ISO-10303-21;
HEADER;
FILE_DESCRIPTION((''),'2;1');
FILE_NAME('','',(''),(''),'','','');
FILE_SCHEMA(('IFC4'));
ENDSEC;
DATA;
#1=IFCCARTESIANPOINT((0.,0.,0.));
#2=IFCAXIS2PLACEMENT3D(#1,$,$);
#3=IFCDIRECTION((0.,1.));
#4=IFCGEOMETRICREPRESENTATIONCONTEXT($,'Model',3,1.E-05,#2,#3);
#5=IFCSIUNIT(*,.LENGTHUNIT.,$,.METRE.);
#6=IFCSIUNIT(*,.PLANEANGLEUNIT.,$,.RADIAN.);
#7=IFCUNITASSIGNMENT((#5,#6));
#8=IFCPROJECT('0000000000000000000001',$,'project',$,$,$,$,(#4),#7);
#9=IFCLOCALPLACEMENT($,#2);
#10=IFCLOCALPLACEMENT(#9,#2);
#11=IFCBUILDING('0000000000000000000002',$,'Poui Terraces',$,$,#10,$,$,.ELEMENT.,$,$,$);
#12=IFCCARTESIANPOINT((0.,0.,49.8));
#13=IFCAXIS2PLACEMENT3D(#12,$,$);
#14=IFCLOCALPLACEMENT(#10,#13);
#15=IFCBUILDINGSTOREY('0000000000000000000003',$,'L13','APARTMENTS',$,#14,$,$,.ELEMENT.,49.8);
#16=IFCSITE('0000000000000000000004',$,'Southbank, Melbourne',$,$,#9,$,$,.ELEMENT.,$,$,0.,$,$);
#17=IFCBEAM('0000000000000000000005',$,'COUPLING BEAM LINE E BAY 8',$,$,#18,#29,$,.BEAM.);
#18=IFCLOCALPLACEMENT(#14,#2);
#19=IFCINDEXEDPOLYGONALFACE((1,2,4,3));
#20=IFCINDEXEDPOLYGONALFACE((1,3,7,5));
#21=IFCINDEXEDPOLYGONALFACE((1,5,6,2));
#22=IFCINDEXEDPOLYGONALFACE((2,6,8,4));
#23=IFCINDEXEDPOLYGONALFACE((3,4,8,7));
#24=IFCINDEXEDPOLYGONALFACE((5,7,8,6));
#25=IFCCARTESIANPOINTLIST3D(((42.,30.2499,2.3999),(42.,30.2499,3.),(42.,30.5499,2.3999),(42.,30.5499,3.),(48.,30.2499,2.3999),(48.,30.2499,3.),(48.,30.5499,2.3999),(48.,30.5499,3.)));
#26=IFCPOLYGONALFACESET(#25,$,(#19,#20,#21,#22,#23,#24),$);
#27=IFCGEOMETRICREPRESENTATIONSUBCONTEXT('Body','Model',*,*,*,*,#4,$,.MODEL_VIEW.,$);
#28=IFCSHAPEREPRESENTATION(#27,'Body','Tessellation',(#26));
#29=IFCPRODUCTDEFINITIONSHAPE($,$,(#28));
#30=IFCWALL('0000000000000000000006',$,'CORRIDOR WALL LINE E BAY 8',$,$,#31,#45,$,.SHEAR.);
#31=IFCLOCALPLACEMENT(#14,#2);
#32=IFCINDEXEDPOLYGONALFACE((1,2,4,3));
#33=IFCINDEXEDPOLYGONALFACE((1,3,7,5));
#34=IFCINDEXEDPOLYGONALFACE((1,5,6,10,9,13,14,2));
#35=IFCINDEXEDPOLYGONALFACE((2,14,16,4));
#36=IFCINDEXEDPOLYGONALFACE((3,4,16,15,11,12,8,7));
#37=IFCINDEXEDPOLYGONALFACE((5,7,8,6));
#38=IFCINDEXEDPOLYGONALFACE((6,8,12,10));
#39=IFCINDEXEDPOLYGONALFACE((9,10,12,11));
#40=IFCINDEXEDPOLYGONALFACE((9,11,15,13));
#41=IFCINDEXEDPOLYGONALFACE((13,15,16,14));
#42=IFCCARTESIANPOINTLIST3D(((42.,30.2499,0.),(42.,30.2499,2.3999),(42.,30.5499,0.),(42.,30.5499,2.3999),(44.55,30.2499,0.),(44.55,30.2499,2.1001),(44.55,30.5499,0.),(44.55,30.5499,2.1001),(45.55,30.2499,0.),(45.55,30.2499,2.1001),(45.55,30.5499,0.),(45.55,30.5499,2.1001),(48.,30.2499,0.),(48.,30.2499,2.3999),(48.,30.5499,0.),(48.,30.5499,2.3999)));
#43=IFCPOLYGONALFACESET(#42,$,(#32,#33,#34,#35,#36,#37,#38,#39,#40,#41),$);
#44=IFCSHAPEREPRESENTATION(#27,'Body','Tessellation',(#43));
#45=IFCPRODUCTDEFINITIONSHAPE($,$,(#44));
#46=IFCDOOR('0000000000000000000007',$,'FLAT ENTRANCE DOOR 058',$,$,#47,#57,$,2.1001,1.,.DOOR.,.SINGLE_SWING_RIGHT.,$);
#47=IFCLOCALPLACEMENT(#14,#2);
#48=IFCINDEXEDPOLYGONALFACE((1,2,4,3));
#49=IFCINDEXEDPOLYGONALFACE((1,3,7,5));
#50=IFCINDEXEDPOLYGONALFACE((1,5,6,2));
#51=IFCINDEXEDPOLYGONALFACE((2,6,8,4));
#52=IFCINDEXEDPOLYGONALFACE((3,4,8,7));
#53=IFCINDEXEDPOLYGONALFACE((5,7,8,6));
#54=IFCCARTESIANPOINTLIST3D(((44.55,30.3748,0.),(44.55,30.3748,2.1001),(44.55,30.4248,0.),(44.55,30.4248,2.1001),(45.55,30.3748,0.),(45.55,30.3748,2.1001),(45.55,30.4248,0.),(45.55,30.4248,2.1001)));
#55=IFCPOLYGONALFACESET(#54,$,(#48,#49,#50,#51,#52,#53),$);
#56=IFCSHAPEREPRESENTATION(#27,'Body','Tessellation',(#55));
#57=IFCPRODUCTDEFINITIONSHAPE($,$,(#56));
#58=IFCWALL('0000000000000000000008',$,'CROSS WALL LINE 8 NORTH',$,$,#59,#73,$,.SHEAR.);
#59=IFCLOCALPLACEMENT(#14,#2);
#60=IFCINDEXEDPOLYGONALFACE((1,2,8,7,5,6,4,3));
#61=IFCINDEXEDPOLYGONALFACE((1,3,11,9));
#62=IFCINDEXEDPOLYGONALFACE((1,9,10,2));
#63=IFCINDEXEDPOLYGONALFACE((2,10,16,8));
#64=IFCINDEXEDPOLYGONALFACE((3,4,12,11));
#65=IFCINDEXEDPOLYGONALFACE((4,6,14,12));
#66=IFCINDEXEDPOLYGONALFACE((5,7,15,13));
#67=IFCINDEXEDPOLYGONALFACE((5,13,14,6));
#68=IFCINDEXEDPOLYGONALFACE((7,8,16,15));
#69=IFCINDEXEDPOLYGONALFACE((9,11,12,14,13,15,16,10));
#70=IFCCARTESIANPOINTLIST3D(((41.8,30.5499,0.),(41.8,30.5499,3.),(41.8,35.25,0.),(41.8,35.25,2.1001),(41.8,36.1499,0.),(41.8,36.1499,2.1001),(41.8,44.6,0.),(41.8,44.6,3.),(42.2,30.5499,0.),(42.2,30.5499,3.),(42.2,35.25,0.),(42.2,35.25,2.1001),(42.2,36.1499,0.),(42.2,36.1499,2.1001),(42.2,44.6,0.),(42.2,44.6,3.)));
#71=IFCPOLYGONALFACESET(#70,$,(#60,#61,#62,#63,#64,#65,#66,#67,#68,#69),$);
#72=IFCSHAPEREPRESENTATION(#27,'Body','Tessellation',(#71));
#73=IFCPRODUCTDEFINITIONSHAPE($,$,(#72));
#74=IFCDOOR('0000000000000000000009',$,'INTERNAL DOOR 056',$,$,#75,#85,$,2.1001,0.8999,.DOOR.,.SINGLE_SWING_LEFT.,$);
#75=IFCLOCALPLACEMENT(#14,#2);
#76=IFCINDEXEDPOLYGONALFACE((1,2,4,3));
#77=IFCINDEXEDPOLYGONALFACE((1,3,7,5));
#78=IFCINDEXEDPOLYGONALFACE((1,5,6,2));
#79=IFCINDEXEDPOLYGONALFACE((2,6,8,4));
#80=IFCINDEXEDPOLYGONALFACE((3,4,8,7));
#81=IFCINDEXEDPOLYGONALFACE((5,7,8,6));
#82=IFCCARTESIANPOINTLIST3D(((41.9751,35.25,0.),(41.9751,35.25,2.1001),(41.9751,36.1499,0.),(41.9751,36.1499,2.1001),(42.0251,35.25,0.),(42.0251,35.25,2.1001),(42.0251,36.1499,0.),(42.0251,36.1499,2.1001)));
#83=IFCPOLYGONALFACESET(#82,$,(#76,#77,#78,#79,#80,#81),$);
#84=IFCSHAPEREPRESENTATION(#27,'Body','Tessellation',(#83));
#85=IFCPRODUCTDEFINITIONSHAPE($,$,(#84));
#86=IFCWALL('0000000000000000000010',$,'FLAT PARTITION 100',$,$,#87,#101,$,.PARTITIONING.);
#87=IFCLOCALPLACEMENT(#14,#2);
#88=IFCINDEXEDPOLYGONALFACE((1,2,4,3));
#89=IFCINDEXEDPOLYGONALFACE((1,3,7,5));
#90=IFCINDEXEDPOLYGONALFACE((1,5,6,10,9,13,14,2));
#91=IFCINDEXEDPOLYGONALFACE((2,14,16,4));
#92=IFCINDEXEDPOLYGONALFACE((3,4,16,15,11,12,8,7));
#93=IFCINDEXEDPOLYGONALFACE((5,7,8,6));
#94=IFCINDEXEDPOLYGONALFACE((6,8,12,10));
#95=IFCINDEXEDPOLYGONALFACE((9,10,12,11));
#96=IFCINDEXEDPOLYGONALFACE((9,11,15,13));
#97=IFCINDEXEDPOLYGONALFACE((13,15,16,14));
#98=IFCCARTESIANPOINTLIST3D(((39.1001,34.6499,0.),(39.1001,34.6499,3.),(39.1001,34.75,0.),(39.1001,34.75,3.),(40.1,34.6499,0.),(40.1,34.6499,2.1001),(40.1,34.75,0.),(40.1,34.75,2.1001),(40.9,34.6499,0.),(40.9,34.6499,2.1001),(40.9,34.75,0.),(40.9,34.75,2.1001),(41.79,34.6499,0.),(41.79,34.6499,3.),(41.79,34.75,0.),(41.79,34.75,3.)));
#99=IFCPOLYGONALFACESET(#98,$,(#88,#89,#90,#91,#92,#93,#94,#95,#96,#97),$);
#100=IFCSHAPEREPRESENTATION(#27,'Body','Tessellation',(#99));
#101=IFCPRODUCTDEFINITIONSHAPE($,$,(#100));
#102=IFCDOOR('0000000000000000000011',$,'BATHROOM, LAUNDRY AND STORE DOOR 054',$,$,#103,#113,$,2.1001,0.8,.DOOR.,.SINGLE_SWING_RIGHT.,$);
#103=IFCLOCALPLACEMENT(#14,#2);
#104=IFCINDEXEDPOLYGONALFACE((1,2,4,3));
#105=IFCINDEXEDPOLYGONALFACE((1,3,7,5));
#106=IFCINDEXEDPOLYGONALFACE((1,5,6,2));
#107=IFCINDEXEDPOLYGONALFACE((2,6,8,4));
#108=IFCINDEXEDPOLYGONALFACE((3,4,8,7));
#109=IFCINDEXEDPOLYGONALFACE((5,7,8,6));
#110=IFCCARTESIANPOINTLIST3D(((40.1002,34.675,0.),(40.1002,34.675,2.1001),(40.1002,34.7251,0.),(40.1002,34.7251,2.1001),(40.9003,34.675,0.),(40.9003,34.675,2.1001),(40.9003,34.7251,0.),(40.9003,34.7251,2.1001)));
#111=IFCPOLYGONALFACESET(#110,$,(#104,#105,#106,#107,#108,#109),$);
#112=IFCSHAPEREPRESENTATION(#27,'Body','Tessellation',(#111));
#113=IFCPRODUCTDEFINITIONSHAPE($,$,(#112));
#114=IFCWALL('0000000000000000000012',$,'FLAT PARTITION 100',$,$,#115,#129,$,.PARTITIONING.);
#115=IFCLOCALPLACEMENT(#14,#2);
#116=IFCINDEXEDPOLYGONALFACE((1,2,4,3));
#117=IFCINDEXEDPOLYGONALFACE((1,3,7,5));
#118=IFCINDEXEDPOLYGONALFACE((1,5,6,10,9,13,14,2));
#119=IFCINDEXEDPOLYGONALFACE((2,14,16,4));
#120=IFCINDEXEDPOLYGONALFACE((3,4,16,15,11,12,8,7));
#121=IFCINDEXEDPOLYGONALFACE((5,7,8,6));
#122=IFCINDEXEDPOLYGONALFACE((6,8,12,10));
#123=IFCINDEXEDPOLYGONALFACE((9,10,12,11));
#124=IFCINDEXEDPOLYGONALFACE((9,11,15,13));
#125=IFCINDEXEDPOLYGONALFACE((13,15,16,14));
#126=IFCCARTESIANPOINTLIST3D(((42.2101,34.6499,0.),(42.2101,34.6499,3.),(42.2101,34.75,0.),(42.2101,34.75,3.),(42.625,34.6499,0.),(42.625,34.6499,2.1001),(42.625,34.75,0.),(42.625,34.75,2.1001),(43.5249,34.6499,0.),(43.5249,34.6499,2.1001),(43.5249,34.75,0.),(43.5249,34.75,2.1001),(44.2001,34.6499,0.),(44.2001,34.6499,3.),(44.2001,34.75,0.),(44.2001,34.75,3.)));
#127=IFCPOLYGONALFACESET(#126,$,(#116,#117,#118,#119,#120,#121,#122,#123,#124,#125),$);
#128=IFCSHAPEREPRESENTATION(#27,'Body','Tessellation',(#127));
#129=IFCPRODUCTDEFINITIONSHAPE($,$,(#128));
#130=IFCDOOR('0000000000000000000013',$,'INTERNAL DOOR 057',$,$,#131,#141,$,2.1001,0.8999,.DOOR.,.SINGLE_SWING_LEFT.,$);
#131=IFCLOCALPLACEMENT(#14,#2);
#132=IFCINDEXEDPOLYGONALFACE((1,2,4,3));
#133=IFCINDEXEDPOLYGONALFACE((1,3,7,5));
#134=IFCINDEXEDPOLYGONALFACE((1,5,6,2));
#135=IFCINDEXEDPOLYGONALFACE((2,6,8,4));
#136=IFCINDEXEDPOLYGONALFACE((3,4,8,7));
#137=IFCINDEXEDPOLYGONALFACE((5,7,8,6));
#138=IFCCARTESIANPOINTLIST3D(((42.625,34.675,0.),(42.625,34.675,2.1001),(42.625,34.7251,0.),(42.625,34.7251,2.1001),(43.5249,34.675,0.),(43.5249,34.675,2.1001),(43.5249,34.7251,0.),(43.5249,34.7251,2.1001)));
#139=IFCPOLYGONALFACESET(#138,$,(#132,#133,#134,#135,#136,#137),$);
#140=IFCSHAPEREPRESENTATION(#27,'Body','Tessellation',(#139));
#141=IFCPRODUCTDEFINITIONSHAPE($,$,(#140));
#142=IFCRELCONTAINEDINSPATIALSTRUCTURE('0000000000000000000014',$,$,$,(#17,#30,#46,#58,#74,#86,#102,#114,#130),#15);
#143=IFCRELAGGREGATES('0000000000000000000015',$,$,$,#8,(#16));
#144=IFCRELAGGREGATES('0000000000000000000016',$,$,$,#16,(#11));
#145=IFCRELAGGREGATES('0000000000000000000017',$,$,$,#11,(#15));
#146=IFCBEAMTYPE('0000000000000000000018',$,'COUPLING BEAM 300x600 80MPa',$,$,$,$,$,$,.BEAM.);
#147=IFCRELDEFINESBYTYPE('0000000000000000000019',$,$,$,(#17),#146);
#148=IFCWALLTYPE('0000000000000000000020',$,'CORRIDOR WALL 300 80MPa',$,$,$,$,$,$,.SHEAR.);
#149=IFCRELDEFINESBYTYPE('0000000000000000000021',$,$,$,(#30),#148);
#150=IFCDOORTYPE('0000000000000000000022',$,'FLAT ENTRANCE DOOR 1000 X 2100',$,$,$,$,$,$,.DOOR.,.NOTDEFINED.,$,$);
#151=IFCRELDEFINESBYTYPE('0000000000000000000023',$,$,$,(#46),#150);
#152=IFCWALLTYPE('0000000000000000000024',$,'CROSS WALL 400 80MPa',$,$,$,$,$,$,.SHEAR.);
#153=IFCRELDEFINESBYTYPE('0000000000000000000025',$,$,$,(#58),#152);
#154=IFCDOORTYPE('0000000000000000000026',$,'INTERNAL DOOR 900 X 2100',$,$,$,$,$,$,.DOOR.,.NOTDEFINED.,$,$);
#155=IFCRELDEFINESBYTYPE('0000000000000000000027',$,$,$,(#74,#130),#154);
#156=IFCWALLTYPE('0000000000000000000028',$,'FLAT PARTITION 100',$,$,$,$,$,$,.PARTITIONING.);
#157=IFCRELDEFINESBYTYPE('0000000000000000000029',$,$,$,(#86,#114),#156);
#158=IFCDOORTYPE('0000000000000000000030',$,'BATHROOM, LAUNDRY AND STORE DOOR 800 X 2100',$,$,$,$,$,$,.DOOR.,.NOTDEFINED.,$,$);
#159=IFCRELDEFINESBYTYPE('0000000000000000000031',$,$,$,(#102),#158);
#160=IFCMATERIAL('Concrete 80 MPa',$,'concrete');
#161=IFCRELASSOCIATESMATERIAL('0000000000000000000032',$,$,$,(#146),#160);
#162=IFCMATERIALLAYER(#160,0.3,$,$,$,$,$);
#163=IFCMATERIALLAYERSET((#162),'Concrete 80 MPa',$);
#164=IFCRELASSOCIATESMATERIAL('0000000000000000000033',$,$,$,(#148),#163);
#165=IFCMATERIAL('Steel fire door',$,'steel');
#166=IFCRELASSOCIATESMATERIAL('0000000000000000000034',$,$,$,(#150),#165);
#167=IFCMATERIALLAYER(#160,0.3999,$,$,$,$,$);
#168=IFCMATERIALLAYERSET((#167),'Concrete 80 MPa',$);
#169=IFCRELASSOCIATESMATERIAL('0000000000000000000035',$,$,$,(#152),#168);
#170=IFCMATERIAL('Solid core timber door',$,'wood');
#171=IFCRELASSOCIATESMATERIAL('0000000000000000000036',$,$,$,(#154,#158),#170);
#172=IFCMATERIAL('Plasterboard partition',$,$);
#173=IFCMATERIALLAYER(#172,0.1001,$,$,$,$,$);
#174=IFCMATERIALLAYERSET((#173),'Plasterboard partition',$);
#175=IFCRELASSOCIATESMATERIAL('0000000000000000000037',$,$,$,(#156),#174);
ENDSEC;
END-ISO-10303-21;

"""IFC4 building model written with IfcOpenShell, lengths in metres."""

from ifc_helpers import new_model, si_unit, direction, frame, frame_2d, origin, origin_2d, place, context, subcontext, project, spatial, rectangle, extrude, source, transform, mapped, material, layer, layer_set, material_profile, profile_set, type_object, element, fill, save


model = new_model("IFC4")

# Units and contexts
model_context = context("Model", 3, precision=1e-05, world=origin(), true_north=direction((0.0, 1.0)))
body_context = subcontext(model_context, "Body", "Model", "MODEL_VIEW")
ifc_project = project(units=[si_unit("LENGTHUNIT", "METRE"), si_unit("PLANEANGLEUNIT", "RADIAN")], contexts=[model_context])

# Site, building, storey
site_placement = place(None, origin())
site = spatial("IfcSite", under=ifc_project, at=site_placement, Name="Southbank, Melbourne", CompositionType="ELEMENT", RefElevation=0.0)
building_placement = place(site_placement, origin())
building = spatial("IfcBuilding", under=site, at=building_placement, Name="Poui Terraces", CompositionType="ELEMENT")
storey_placement = place(building_placement, frame((0.0, 0.0, 49.8)))
storey = spatial("IfcBuildingStorey", under=building, at=storey_placement, Name="L13", Description="APARTMENTS", CompositionType="ELEMENT", Elevation=49.8)

# Beam
ifc_material_1 = material(Name="Concrete 80 MPa", Category="concrete")
ifc_material_profile_1 = material_profile(ifc_material_1, rectangle(XDim=0.3, YDim=0.6001, at=origin_2d()), Name="RC 300x600")
ifc_profile_set_1 = profile_set([ifc_material_profile_1], Name="Concrete 80 MPa")
beam_type = type_object("IfcBeamType", Name="COUPLING BEAM 300x600 80MPa", PredefinedType="BEAM", material=ifc_profile_set_1)
shared_shape_1 = source(origin(), body_context, "Body", "SweptSolid", [
    extrude(rectangle(XDim=0.3, YDim=0.6001, at=origin_2d()), origin(), (0.0, 0.0, 1.0), 6.0),
])
beam_placement = place(storey_placement, frame((42.0, 30.3999, 2.7), z_axis=(1.0, 0.0, 0.0), x_axis=(0.0, 1.0, 0.0)))
element("IfcBeam", 1, at=beam_placement, inside=storey, type_object=beam_type, Name="COUPLING BEAM LINE E BAY 8", PredefinedType="BEAM", context=body_context, shape_type="MappedRepresentation", body=[
    mapped(shared_shape_1, transform((0.0, 0.0, 0.0))),
])

# Walls, openings, doors
ifc_layer_1 = layer(ifc_material_1, 0.3)
ifc_layer_set_1 = layer_set([ifc_layer_1], Name="Concrete 80 MPa")
wall_type_1 = type_object("IfcWallType", Name="CORRIDOR WALL 300 80MPa", PredefinedType="SHEAR", material=ifc_layer_set_1)
wall_1_placement = place(storey_placement, frame((42.0, 30.3999, 0.0), z_axis=(0.0, 0.0, 1.0), x_axis=(1.0, 0.0, 0.0)))
wall_1 = element("IfcWall", 2, at=wall_1_placement, inside=storey, type_object=wall_type_1, Name="CORRIDOR WALL LINE E BAY 8", PredefinedType="SHEAR", context=body_context, shape_type="SweptSolid", body=[
    extrude(rectangle(XDim=6.0, YDim=0.3, at=frame_2d((3.0, 0.0))), origin(), (0.0, 0.0, 1.0), 2.3999),
])
opening_1_placement = place(wall_1_placement, frame((2.55, 0.0, 0.0)))
opening_1 = element("IfcOpeningElement", 3, at=opening_1_placement, cuts=wall_1, PredefinedType="OPENING", context=body_context, shape_type="SweptSolid", body=[
    extrude(rectangle(XDim=1.0, YDim=2.1001, at=frame_2d((0.5, 1.05))), frame((0.0, 0.1602, 0.0), z_axis=(0.0, -1.0, 0.0), x_axis=(1.0, 0.0, 0.0)), (0.0, 0.0, 1.0), 0.3201),
])
ifc_material_2 = material(Name="Steel fire door", Category="steel")
door_type_1 = type_object("IfcDoorType", Name="FLAT ENTRANCE DOOR 1000 X 2100", OperationType="NOTDEFINED", PredefinedType="DOOR", material=ifc_material_2)
door_1_placement = place(opening_1_placement, origin())
door_1 = element("IfcDoor", 4, at=door_1_placement, inside=storey, type_object=door_type_1, Name="FLAT ENTRANCE DOOR 058", OperationType="SINGLE_SWING_RIGHT", OverallHeight=2.1001, OverallWidth=1.0, PredefinedType="DOOR", context=body_context, shape_type="SweptSolid", body=[
    extrude(rectangle(XDim=1.0, YDim=2.1001, at=frame_2d((0.5, 1.05))), frame((0.0, 0.0249, 0.0), z_axis=(0.0, -1.0, 0.0), x_axis=(1.0, 0.0, 0.0)), (0.0, 0.0, 1.0), 0.05),
])
fill(opening_1, door_1)
ifc_layer_2 = layer(ifc_material_1, 0.3999)
ifc_layer_set_2 = layer_set([ifc_layer_2], Name="Concrete 80 MPa")
wall_type_2 = type_object("IfcWallType", Name="CROSS WALL 400 80MPa", PredefinedType="SHEAR", material=ifc_layer_set_2)
wall_2_placement = place(storey_placement, frame((42.0, 30.55, 0.0), z_axis=(0.0, 0.0, 1.0), x_axis=(0.0, 1.0, 0.0)))
wall_2 = element("IfcWall", 5, at=wall_2_placement, inside=storey, type_object=wall_type_2, Name="CROSS WALL LINE 8 NORTH", PredefinedType="SHEAR", context=body_context, shape_type="SweptSolid", body=[
    extrude(rectangle(XDim=14.05, YDim=0.3999, at=frame_2d((7.0249, 0.0))), origin(), (0.0, 0.0, 1.0), 3.0),
])
opening_2_placement = place(wall_2_placement, frame((4.7, 0.0, 0.0)))
opening_2 = element("IfcOpeningElement", 6, at=opening_2_placement, cuts=wall_2, PredefinedType="OPENING", context=body_context, shape_type="SweptSolid", body=[
    extrude(rectangle(XDim=0.8999, YDim=2.1001, at=frame_2d((0.45, 1.05))), frame((0.0, 0.21, 0.0), z_axis=(0.0, -1.0, 0.0), x_axis=(1.0, 0.0, 0.0)), (0.0, 0.0, 1.0), 0.4199),
])
ifc_material_3 = material(Name="Solid core timber door", Category="wood")
door_type_2 = type_object("IfcDoorType", Name="INTERNAL DOOR 900 X 2100", OperationType="NOTDEFINED", PredefinedType="DOOR", material=ifc_material_3)
door_2_placement = place(opening_2_placement, origin())
door_2 = element("IfcDoor", 7, at=door_2_placement, inside=storey, type_object=door_type_2, Name="INTERNAL DOOR 056", OperationType="SINGLE_SWING_LEFT", OverallHeight=2.1001, OverallWidth=0.8999, PredefinedType="DOOR", context=body_context, shape_type="SweptSolid", body=[
    extrude(rectangle(XDim=0.8999, YDim=2.1001, at=frame_2d((0.45, 1.05))), frame((0.0, 0.0249, 0.0), z_axis=(0.0, -1.0, 0.0), x_axis=(1.0, 0.0, 0.0)), (0.0, 0.0, 1.0), 0.05),
])
fill(opening_2, door_2)
ifc_material_4 = material(Name="Plasterboard partition")
ifc_layer_3 = layer(ifc_material_4, 0.1001)
ifc_layer_set_3 = layer_set([ifc_layer_3], Name="Plasterboard partition")
wall_type_3 = type_object("IfcWallType", Name="FLAT PARTITION 100", PredefinedType="PARTITIONING", material=ifc_layer_set_3)
wall_3_placement = place(storey_placement, frame((39.1001, 34.7, 0.0), z_axis=(0.0, 0.0, 1.0), x_axis=(1.0, 0.0, 0.0)))
wall_3 = element("IfcWall", 8, at=wall_3_placement, inside=storey, type_object=wall_type_3, Name="FLAT PARTITION 100", PredefinedType="PARTITIONING", context=body_context, shape_type="SweptSolid", body=[
    extrude(rectangle(XDim=2.6899, YDim=0.1001, at=frame_2d((1.345, 0.0))), origin(), (0.0, 0.0, 1.0), 3.0),
])
opening_3_placement = place(wall_3_placement, frame((1.0, 0.0, 0.0)))
opening_3 = element("IfcOpeningElement", 9, at=opening_3_placement, cuts=wall_3, PredefinedType="OPENING", context=body_context, shape_type="SweptSolid", body=[
    extrude(rectangle(XDim=0.8, YDim=2.1001, at=frame_2d((0.3999, 1.05))), frame((0.0, 0.0601, 0.0), z_axis=(0.0, -1.0, 0.0), x_axis=(1.0, 0.0, 0.0)), (0.0, 0.0, 1.0), 0.1201),
])
door_type_3 = type_object("IfcDoorType", Name="BATHROOM, LAUNDRY AND STORE DOOR 800 X 2100", OperationType="NOTDEFINED", PredefinedType="DOOR", material=ifc_material_3)
door_3_placement = place(opening_3_placement, frame((0.8, 0.0, 0.0), z_axis=(0.0, 0.0, 1.0), x_axis=(-1.0, 0.0, 0.0)))
door_3 = element("IfcDoor", 10, at=door_3_placement, inside=storey, type_object=door_type_3, Name="BATHROOM, LAUNDRY AND STORE DOOR 054", OperationType="SINGLE_SWING_RIGHT", OverallHeight=2.1001, OverallWidth=0.8, PredefinedType="DOOR", context=body_context, shape_type="SweptSolid", body=[
    extrude(rectangle(XDim=0.8, YDim=2.1001, at=frame_2d((0.3999, 1.05))), frame((0.0, 0.0249, 0.0), z_axis=(0.0, -1.0, 0.0), x_axis=(1.0, 0.0, 0.0)), (0.0, 0.0, 1.0), 0.05),
])
fill(opening_3, door_3)
wall_4_placement = place(storey_placement, frame((42.21, 34.7, 0.0), z_axis=(0.0, 0.0, 1.0), x_axis=(1.0, 0.0, 0.0)))
wall_4 = element("IfcWall", 11, at=wall_4_placement, inside=storey, type_object=wall_type_3, Name="FLAT PARTITION 100", PredefinedType="PARTITIONING", context=body_context, shape_type="SweptSolid", body=[
    extrude(rectangle(XDim=1.99, YDim=0.1001, at=frame_2d((0.9951, 0.0))), origin(), (0.0, 0.0, 1.0), 3.0),
])
opening_4_placement = place(wall_4_placement, frame((0.415, 0.0, 0.0)))
opening_4 = element("IfcOpeningElement", 12, at=opening_4_placement, cuts=wall_4, PredefinedType="OPENING", context=body_context, shape_type="SweptSolid", body=[
    extrude(rectangle(XDim=0.8999, YDim=2.1001, at=frame_2d((0.45, 1.05))), frame((0.0, 0.0601, 0.0), z_axis=(0.0, -1.0, 0.0), x_axis=(1.0, 0.0, 0.0)), (0.0, 0.0, 1.0), 0.1201),
])
door_4_placement = place(opening_4_placement, frame((0.8999, 0.0, 0.0), z_axis=(0.0, 0.0, 1.0), x_axis=(-1.0, 0.0, 0.0)))
door_4 = element("IfcDoor", 13, at=door_4_placement, inside=storey, type_object=door_type_2, Name="INTERNAL DOOR 057", OperationType="SINGLE_SWING_LEFT", OverallHeight=2.1001, OverallWidth=0.8999, PredefinedType="DOOR", context=body_context, shape_type="SweptSolid", body=[
    extrude(rectangle(XDim=0.8999, YDim=2.1001, at=frame_2d((0.45, 1.05))), frame((0.0, 0.0249, 0.0), z_axis=(0.0, -1.0, 0.0), x_axis=(1.0, 0.0, 0.0)), (0.0, 0.0, 1.0), 0.05),
])
fill(opening_4, door_4)

save(model, "model.ifc")
